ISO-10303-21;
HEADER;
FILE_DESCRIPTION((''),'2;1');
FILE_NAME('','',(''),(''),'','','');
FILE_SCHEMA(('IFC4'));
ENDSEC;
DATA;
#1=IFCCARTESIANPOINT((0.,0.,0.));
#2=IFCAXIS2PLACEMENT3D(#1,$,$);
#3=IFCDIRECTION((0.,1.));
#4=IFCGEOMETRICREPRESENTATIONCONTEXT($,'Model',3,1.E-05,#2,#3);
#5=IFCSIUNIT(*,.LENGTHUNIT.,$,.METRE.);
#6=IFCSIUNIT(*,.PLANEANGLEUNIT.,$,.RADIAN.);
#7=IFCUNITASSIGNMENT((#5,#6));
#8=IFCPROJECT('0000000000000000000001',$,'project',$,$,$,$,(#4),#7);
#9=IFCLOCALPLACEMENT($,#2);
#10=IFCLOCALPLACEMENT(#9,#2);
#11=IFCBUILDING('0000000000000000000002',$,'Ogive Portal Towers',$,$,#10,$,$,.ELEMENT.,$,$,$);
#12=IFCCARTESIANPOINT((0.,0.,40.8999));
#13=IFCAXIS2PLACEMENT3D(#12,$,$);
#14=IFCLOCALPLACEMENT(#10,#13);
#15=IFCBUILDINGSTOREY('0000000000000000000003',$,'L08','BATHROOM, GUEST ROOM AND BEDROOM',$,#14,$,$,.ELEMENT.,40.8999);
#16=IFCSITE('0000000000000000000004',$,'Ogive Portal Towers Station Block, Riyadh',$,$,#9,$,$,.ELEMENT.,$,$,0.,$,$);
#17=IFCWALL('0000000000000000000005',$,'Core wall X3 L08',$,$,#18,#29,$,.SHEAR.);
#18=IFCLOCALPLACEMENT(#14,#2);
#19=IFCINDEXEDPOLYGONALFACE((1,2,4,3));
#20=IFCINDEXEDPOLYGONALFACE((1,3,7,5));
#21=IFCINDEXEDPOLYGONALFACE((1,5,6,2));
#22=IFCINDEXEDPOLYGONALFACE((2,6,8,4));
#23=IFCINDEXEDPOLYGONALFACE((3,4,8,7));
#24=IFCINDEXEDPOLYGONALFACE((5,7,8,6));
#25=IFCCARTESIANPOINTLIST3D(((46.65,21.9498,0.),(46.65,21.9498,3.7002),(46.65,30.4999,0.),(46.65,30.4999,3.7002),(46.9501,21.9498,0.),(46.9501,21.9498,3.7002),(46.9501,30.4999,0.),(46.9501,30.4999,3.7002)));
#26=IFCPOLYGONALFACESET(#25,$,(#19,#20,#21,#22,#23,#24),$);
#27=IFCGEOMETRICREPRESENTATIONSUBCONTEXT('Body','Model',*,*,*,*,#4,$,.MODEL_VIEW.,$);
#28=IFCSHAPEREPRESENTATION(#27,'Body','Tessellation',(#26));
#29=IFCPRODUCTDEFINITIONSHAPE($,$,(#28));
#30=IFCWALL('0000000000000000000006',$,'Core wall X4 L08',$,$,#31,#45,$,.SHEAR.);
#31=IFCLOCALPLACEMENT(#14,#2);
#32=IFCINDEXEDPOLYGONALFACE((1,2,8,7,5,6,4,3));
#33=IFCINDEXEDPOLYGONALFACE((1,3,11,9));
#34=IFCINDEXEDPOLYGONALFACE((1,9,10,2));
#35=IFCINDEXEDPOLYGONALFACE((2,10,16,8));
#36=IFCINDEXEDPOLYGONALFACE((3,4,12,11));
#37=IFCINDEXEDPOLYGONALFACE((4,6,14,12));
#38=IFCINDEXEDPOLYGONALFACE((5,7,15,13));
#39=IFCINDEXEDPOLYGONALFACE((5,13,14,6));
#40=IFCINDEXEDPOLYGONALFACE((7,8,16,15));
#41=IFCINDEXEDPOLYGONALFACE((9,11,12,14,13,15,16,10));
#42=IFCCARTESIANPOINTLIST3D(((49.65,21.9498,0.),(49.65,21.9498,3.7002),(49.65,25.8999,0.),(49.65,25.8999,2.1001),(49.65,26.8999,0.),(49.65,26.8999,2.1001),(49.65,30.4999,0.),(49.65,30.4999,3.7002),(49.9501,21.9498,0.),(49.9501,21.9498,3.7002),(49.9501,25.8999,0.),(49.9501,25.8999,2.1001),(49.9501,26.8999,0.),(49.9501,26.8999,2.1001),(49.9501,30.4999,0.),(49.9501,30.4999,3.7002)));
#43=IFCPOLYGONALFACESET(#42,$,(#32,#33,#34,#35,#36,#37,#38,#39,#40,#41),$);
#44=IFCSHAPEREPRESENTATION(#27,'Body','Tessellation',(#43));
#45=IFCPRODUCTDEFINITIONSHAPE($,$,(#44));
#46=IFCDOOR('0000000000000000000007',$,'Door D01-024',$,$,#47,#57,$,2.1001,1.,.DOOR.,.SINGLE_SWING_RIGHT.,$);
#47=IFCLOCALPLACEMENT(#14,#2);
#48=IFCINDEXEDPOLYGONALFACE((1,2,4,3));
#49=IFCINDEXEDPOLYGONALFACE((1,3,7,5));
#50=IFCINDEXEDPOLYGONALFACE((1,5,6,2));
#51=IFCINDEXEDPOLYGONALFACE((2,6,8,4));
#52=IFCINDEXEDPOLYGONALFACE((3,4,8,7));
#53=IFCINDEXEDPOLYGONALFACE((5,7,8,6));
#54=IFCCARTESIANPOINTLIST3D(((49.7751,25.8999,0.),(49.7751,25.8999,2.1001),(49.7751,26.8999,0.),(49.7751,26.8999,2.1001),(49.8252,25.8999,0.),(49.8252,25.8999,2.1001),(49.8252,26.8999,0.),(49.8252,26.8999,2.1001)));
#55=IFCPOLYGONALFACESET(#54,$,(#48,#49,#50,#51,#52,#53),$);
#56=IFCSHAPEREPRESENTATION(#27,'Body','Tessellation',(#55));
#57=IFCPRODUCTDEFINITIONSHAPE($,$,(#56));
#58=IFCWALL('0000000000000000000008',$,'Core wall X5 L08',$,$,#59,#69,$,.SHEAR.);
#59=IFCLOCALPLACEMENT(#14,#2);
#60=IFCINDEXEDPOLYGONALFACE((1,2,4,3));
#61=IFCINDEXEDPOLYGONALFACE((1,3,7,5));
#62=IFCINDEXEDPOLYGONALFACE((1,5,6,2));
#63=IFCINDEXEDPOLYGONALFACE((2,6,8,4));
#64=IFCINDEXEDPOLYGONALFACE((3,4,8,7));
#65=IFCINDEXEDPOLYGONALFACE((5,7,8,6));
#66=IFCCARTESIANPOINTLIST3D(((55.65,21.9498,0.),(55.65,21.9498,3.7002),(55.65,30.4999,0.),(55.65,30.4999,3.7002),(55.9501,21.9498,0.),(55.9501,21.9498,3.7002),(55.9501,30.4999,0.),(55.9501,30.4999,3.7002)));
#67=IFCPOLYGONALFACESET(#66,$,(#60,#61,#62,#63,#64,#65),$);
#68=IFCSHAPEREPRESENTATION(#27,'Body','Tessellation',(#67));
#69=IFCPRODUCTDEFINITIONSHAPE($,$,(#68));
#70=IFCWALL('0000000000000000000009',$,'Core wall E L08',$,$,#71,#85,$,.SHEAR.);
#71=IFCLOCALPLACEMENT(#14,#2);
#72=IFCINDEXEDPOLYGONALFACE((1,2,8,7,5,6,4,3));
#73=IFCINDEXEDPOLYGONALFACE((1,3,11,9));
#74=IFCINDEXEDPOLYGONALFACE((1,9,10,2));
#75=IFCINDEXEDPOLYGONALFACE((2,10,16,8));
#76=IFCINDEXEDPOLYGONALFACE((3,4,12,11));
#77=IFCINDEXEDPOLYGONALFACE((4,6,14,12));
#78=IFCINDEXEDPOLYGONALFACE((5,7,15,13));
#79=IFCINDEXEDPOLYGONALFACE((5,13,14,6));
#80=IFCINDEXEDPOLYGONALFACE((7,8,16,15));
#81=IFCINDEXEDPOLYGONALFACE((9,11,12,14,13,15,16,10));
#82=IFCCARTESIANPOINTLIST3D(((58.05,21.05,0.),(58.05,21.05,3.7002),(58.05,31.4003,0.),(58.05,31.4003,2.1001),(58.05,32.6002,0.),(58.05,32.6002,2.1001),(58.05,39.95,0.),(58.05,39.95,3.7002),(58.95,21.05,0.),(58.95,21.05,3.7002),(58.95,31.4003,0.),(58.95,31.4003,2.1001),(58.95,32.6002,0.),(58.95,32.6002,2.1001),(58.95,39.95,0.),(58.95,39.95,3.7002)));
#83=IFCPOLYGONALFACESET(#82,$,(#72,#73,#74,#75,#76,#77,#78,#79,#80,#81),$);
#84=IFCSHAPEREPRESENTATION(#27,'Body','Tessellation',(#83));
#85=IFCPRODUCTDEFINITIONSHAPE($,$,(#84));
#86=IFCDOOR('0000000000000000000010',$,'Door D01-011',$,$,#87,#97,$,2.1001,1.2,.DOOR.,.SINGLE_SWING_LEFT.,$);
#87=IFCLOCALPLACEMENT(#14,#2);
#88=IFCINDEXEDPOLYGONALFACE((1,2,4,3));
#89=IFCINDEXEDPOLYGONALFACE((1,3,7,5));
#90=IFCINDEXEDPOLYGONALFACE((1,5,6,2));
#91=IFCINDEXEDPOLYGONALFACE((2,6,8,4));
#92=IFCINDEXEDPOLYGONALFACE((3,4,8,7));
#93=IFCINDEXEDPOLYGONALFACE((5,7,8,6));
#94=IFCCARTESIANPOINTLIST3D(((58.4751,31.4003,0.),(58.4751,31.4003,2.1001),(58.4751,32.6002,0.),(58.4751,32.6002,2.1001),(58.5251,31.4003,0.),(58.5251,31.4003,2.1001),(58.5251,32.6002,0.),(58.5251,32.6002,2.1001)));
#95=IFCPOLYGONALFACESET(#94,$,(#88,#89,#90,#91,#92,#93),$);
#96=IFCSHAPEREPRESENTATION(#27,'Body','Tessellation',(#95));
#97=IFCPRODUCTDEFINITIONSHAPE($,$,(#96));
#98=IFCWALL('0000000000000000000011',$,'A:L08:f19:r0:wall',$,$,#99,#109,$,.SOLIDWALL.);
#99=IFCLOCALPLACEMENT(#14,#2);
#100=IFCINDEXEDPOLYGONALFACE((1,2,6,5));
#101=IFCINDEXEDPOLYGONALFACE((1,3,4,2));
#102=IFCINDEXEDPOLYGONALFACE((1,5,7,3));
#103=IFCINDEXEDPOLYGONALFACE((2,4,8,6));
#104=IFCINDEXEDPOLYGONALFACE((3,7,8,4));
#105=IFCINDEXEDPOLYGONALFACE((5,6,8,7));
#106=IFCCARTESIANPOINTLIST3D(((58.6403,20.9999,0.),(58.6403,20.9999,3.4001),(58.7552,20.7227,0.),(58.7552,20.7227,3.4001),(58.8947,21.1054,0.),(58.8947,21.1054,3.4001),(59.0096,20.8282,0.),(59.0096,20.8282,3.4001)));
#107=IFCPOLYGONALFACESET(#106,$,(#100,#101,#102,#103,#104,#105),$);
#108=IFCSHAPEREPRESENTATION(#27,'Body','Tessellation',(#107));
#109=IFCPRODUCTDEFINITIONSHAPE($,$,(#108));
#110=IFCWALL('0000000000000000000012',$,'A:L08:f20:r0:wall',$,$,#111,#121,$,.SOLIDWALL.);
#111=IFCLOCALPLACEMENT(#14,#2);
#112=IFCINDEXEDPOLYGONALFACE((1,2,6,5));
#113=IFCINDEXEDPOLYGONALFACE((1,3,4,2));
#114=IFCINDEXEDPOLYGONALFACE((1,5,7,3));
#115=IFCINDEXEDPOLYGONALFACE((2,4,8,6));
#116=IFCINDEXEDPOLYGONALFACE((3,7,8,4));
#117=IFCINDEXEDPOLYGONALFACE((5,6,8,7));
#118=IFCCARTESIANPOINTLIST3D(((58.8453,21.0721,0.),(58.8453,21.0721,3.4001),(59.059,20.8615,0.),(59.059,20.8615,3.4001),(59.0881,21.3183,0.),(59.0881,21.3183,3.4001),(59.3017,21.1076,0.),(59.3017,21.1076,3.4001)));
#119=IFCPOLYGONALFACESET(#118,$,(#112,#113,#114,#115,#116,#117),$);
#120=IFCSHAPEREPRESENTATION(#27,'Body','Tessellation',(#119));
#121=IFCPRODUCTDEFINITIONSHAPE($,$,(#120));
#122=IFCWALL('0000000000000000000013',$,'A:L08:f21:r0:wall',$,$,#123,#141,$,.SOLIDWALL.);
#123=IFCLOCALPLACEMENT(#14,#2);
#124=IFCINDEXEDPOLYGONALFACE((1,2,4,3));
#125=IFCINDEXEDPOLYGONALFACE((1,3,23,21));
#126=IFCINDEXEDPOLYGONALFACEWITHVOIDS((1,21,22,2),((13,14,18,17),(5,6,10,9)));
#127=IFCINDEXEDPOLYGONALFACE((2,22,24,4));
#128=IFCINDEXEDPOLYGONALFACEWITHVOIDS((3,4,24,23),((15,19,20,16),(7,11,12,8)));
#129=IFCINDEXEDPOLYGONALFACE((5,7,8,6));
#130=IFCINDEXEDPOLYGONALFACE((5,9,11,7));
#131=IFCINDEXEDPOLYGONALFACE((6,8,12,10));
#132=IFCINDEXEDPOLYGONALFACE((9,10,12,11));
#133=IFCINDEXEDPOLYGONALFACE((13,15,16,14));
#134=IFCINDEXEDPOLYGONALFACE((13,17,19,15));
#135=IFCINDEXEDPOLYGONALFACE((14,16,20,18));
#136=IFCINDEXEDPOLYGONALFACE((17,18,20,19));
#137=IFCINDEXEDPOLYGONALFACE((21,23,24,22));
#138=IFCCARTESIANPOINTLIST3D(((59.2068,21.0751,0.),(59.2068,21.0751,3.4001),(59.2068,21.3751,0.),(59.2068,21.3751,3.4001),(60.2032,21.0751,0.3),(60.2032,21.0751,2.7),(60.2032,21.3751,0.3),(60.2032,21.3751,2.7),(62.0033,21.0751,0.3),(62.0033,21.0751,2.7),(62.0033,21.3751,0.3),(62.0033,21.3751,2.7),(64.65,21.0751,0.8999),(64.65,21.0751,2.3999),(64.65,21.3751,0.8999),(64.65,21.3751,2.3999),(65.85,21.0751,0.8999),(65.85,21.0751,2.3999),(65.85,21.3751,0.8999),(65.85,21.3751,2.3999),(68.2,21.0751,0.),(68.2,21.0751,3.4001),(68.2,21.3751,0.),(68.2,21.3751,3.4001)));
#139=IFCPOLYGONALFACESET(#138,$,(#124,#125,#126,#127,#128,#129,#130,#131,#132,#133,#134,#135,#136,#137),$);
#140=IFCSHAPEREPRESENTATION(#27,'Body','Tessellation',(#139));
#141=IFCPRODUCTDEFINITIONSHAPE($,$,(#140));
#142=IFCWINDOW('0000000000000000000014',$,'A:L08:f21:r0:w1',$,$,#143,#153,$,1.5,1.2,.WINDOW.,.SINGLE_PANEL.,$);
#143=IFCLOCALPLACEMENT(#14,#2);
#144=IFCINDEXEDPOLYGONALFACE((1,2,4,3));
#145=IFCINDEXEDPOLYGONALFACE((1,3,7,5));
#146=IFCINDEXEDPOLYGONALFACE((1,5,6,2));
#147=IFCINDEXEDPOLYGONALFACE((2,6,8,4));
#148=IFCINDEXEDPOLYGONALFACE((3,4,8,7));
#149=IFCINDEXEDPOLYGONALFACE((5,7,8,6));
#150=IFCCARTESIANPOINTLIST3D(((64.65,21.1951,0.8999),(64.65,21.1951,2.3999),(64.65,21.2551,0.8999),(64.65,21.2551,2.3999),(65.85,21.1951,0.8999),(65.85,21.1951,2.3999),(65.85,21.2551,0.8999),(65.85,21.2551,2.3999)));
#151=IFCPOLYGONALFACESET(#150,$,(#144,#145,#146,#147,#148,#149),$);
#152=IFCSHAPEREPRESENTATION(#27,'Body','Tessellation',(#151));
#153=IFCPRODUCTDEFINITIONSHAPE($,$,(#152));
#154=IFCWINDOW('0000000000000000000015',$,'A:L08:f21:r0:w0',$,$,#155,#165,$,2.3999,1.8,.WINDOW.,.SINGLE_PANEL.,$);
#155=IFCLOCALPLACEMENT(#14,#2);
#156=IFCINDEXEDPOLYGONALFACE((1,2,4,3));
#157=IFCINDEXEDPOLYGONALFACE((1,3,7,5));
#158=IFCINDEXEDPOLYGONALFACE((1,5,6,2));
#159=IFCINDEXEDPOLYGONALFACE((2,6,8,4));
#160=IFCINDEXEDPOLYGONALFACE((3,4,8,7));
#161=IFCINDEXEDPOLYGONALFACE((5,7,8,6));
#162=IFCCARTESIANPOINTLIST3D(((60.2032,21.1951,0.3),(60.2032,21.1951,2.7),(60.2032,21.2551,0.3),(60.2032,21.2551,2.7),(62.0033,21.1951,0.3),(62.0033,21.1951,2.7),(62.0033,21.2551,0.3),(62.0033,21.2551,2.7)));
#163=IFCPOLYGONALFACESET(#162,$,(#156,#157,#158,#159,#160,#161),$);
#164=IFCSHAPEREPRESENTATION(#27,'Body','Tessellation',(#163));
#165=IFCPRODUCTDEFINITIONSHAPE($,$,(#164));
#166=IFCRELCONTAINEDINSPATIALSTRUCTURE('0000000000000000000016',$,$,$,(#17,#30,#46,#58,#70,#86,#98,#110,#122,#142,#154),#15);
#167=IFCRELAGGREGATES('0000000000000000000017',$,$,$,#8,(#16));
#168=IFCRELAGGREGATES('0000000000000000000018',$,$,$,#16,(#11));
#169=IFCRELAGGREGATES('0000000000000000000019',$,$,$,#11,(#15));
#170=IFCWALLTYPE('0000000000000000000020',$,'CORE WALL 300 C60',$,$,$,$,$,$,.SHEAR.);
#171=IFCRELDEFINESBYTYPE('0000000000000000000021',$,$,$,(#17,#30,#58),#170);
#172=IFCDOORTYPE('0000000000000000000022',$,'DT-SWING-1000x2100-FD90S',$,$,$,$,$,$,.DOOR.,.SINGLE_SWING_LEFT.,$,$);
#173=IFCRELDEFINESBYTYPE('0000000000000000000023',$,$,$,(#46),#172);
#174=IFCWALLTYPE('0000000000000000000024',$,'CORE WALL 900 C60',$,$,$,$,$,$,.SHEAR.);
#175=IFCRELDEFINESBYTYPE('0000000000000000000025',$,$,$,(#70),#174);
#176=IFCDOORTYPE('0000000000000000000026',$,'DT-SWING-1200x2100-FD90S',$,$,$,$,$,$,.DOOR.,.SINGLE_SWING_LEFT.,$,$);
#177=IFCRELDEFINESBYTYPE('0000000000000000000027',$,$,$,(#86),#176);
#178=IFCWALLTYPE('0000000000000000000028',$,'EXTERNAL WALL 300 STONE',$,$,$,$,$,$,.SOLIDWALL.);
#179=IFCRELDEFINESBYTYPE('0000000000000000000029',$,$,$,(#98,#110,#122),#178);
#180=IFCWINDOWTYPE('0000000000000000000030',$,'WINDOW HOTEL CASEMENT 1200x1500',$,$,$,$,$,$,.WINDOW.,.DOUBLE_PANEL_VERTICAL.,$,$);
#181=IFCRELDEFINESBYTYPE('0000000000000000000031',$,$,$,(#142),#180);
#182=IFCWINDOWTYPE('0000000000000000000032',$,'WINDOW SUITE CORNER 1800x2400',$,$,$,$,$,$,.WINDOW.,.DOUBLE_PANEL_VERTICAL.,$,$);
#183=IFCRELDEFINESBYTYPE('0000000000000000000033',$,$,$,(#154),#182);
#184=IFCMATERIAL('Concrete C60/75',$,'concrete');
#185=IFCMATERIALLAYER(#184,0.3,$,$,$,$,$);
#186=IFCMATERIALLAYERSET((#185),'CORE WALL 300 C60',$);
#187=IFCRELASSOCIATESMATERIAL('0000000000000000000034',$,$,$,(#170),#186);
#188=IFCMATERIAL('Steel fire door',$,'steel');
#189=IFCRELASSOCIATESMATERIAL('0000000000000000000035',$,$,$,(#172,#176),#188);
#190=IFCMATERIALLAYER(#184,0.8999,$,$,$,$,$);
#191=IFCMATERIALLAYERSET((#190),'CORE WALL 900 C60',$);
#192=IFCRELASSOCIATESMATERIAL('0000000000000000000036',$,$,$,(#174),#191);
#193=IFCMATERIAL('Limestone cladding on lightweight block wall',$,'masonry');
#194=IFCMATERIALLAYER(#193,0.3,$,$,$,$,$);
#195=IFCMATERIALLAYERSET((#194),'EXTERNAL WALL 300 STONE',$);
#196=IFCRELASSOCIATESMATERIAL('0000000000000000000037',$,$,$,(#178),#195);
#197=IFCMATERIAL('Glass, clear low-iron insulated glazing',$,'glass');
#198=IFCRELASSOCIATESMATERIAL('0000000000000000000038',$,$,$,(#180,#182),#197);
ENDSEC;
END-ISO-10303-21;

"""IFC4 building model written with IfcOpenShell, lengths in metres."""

from ifc_helpers import new_model, si_unit, direction, frame, frame_2d, origin, place, context, subcontext, project, spatial, rectangle, extrude, material, layer, layer_set, type_object, element, fill, save


model = new_model("IFC4")

# Units and contexts
model_context = context("Model", 3, precision=1e-05, world=origin(), true_north=direction((0.0, 1.0)))
body_context = subcontext(model_context, "Body", "Model", "MODEL_VIEW")
ifc_project = project(units=[si_unit("LENGTHUNIT", "METRE"), si_unit("PLANEANGLEUNIT", "RADIAN")], contexts=[model_context])

# Site, building, storey
site_placement = place(None, origin())
site = spatial("IfcSite", under=ifc_project, at=site_placement, Name="Ogive Portal Towers Station Block, Riyadh", CompositionType="ELEMENT", RefElevation=0.0)
building_placement = place(site_placement, origin())
building = spatial("IfcBuilding", under=site, at=building_placement, Name="Ogive Portal Towers", CompositionType="ELEMENT")
storey_placement = place(building_placement, frame((0.0, 0.0, 40.8999)))
storey = spatial("IfcBuildingStorey", under=building, at=storey_placement, Name="L08", Description="BATHROOM, GUEST ROOM AND BEDROOM", CompositionType="ELEMENT", Elevation=40.8999)

# Wall
ifc_material_1 = material(Name="Concrete C60/75", Category="concrete")
ifc_layer_1 = layer(ifc_material_1, 0.3)
ifc_layer_set_1 = layer_set([ifc_layer_1], Name="CORE WALL 300 C60")
wall_type_1 = type_object("IfcWallType", Name="CORE WALL 300 C60", PredefinedType="SHEAR", material=ifc_layer_set_1)
wall_1_placement = place(storey_placement, frame((46.8, 21.95, 0.0), z_axis=(0.0, 0.0, 1.0), x_axis=(0.0, 1.0, 0.0)))
element("IfcWall", 1, at=wall_1_placement, inside=storey, type_object=wall_type_1, Name="Core wall X3 L08", PredefinedType="SHEAR", context=body_context, shape_type="SweptSolid", body=[
    extrude(rectangle(XDim=8.55, YDim=0.3, at=frame_2d((4.2749, 0.0))), origin(), (0.0, 0.0, 1.0), 3.7002),
])

# Wall, opening, door
wall_2_placement = place(storey_placement, frame((49.8, 21.95, 0.0), z_axis=(0.0, 0.0, 1.0), x_axis=(0.0, 1.0, 0.0)))
wall_2 = element("IfcWall", 2, at=wall_2_placement, inside=storey, type_object=wall_type_1, Name="Core wall X4 L08", PredefinedType="SHEAR", context=body_context, shape_type="SweptSolid", body=[
    extrude(rectangle(XDim=8.55, YDim=0.3, at=frame_2d((4.2749, 0.0))), origin(), (0.0, 0.0, 1.0), 3.7002),
])
opening_1_placement = place(wall_2_placement, frame((3.95, 0.0, 0.0)))
opening_1 = element("IfcOpeningElement", 3, at=opening_1_placement, cuts=wall_2, PredefinedType="OPENING", context=body_context, shape_type="SweptSolid", body=[
    extrude(rectangle(XDim=1.0, YDim=2.1001, at=frame_2d((0.5, 1.05))), frame((0.0, 0.1602, 0.0), z_axis=(0.0, -1.0, 0.0), x_axis=(1.0, 0.0, 0.0)), (0.0, 0.0, 1.0), 0.3201),
])
ifc_material_2 = material(Name="Steel fire door", Category="steel")
door_type_1 = type_object("IfcDoorType", Name="DT-SWING-1000x2100-FD90S", OperationType="SINGLE_SWING_LEFT", PredefinedType="DOOR", material=ifc_material_2)
door_1_placement = place(opening_1_placement, origin())
door_1 = element("IfcDoor", 4, at=door_1_placement, inside=storey, type_object=door_type_1, Name="Door D01-024", OperationType="SINGLE_SWING_RIGHT", OverallHeight=2.1001, OverallWidth=1.0, PredefinedType="DOOR", context=body_context, shape_type="SweptSolid", body=[
    extrude(rectangle(XDim=1.0, YDim=2.1001, at=frame_2d((0.5, 1.05))), frame((0.0, 0.0249, 0.0), z_axis=(0.0, -1.0, 0.0), x_axis=(1.0, 0.0, 0.0)), (0.0, 0.0, 1.0), 0.05),
])
fill(opening_1, door_1)

# Wall
wall_3_placement = place(storey_placement, frame((55.8, 21.95, 0.0), z_axis=(0.0, 0.0, 1.0), x_axis=(0.0, 1.0, 0.0)))
element("IfcWall", 5, at=wall_3_placement, inside=storey, type_object=wall_type_1, Name="Core wall X5 L08", PredefinedType="SHEAR", context=body_context, shape_type="SweptSolid", body=[
    extrude(rectangle(XDim=8.55, YDim=0.3, at=frame_2d((4.2749, 0.0))), origin(), (0.0, 0.0, 1.0), 3.7002),
])

# Wall, opening, door
ifc_layer_2 = layer(ifc_material_1, 0.8999)
ifc_layer_set_2 = layer_set([ifc_layer_2], Name="CORE WALL 900 C60")
wall_type_2 = type_object("IfcWallType", Name="CORE WALL 900 C60", PredefinedType="SHEAR", material=ifc_layer_set_2)
wall_4_placement = place(storey_placement, frame((58.5, 21.05, 0.0), z_axis=(0.0, 0.0, 1.0), x_axis=(0.0, 1.0, 0.0)))
wall_4 = element("IfcWall", 6, at=wall_4_placement, inside=storey, type_object=wall_type_2, Name="Core wall E L08", PredefinedType="SHEAR", context=body_context, shape_type="SweptSolid", body=[
    extrude(rectangle(XDim=18.8999, YDim=0.8999, at=frame_2d((9.45, 0.0))), origin(), (0.0, 0.0, 1.0), 3.7002),
])
opening_2_placement = place(wall_4_placement, frame((10.3501, 0.0, 0.0)))
opening_2 = element("IfcOpeningElement", 7, at=opening_2_placement, cuts=wall_4, PredefinedType="OPENING", context=body_context, shape_type="SweptSolid", body=[
    extrude(rectangle(XDim=1.2, YDim=2.1001, at=frame_2d((0.6001, 1.05))), frame((0.0, 0.46, 0.0), z_axis=(0.0, -1.0, 0.0), x_axis=(1.0, 0.0, 0.0)), (0.0, 0.0, 1.0), 0.9199),
])
door_type_2 = type_object("IfcDoorType", Name="DT-SWING-1200x2100-FD90S", OperationType="SINGLE_SWING_LEFT", PredefinedType="DOOR", material=ifc_material_2)
door_2_placement = place(opening_2_placement, origin())
door_2 = element("IfcDoor", 8, at=door_2_placement, inside=storey, type_object=door_type_2, Name="Door D01-011", OperationType="SINGLE_SWING_LEFT", OverallHeight=2.1001, OverallWidth=1.2, PredefinedType="DOOR", context=body_context, shape_type="SweptSolid", body=[
    extrude(rectangle(XDim=1.2, YDim=2.1001, at=frame_2d((0.6001, 1.05))), frame((0.0, 0.0249, 0.0), z_axis=(0.0, -1.0, 0.0), x_axis=(1.0, 0.0, 0.0)), (0.0, 0.0, 1.0), 0.05),
])
fill(opening_2, door_2)

# Walls
ifc_material_3 = material(Name="Limestone cladding on lightweight block wall", Category="masonry")
ifc_layer_3 = layer(ifc_material_3, 0.3)
ifc_layer_set_3 = layer_set([ifc_layer_3], Name="EXTERNAL WALL 300 STONE")
wall_type_3 = type_object("IfcWallType", Name="EXTERNAL WALL 300 STONE", PredefinedType="SOLIDWALL", material=ifc_layer_set_3)
wall_5_placement = place(storey_placement, frame((58.6978, 20.8613, 0.0), z_axis=(0.0, 0.0, 1.0), x_axis=(0.923757, 0.382978, 0.0)))
element("IfcWall", 9, at=wall_5_placement, inside=storey, type_object=wall_type_3, Name="A:L08:f19:r0:wall", PredefinedType="SOLIDWALL", context=body_context, shape_type="SweptSolid", body=[
    extrude(rectangle(XDim=0.2754, YDim=0.3, at=frame_2d((0.1377, 0.0))), origin(), (0.0, 0.0, 1.0), 3.4001),
])
wall_6_placement = place(storey_placement, frame((58.9521, 20.9668, 0.0), z_axis=(0.0, 0.0, 1.0), x_axis=(0.702145, 0.712034, 0.0)))
element("IfcWall", 10, at=wall_6_placement, inside=storey, type_object=wall_type_3, Name="A:L08:f20:r0:wall", PredefinedType="SOLIDWALL", context=body_context, shape_type="SweptSolid", body=[
    extrude(rectangle(XDim=0.3457, YDim=0.3, at=frame_2d((0.1729, 0.0))), origin(), (0.0, 0.0, 1.0), 3.4001),
])

# Wall, openings, windows
wall_7_placement = place(storey_placement, frame((59.2068, 21.2251, 0.0), z_axis=(0.0, 0.0, 1.0), x_axis=(1.0, 0.0, 0.0)))
wall_7 = element("IfcWall", 11, at=wall_7_placement, inside=storey, type_object=wall_type_3, Name="A:L08:f21:r0:wall", PredefinedType="SOLIDWALL", context=body_context, shape_type="SweptSolid", body=[
    extrude(rectangle(XDim=8.9932, YDim=0.3, at=frame_2d((4.4966, 0.0))), origin(), (0.0, 0.0, 1.0), 3.4001),
])
opening_3_placement = place(wall_7_placement, frame((0.9966, 0.0, 0.3)))
opening_3 = element("IfcOpeningElement", 12, at=opening_3_placement, cuts=wall_7, PredefinedType="OPENING", context=body_context, shape_type="SweptSolid", body=[
    extrude(rectangle(XDim=1.8, YDim=2.3999, at=frame_2d((0.8999, 1.2))), frame((0.0, 0.1602, 0.0), z_axis=(0.0, -1.0, 0.0), x_axis=(1.0, 0.0, 0.0)), (0.0, 0.0, 1.0), 0.3201),
])
opening_4_placement = place(wall_7_placement, frame((5.4431, 0.0, 0.8999)))
opening_4 = element("IfcOpeningElement", 13, at=opening_4_placement, cuts=wall_7, PredefinedType="OPENING", context=body_context, shape_type="SweptSolid", body=[
    extrude(rectangle(XDim=1.2, YDim=1.5, at=frame_2d((0.6001, 0.75))), frame((0.0, 0.1602, 0.0), z_axis=(0.0, -1.0, 0.0), x_axis=(1.0, 0.0, 0.0)), (0.0, 0.0, 1.0), 0.3201),
])
ifc_material_4 = material(Name="Glass, clear low-iron insulated glazing", Category="glass")
window_type_1 = type_object("IfcWindowType", Name="WINDOW HOTEL CASEMENT 1200x1500", PartitioningType="DOUBLE_PANEL_VERTICAL", PredefinedType="WINDOW", material=ifc_material_4)
window_1_placement = place(opening_4_placement, origin())
window_1 = element("IfcWindow", 14, at=window_1_placement, inside=storey, type_object=window_type_1, Name="A:L08:f21:r0:w1", OverallHeight=1.5, OverallWidth=1.2, PartitioningType="SINGLE_PANEL", PredefinedType="WINDOW", context=body_context, shape_type="SweptSolid", body=[
    extrude(rectangle(XDim=1.2, YDim=1.5, at=frame_2d((0.6001, 0.75))), frame((0.0, 0.03, 0.0), z_axis=(0.0, -1.0, 0.0), x_axis=(1.0, 0.0, 0.0)), (0.0, 0.0, 1.0), 0.0601),
])
fill(opening_4, window_1)
window_type_2 = type_object("IfcWindowType", Name="WINDOW SUITE CORNER 1800x2400", PartitioningType="DOUBLE_PANEL_VERTICAL", PredefinedType="WINDOW", material=ifc_material_4)
window_2_placement = place(opening_3_placement, origin())
window_2 = element("IfcWindow", 15, at=window_2_placement, inside=storey, type_object=window_type_2, Name="A:L08:f21:r0:w0", OverallHeight=2.3999, OverallWidth=1.8, PartitioningType="SINGLE_PANEL", PredefinedType="WINDOW", context=body_context, shape_type="SweptSolid", body=[
    extrude(rectangle(XDim=1.8, YDim=2.3999, at=frame_2d((0.8999, 1.2))), frame((0.0, 0.03, 0.0), z_axis=(0.0, -1.0, 0.0), x_axis=(1.0, 0.0, 0.0)), (0.0, 0.0, 1.0), 0.0601),
])
fill(opening_3, window_2)

save(model, "model.ifc")
